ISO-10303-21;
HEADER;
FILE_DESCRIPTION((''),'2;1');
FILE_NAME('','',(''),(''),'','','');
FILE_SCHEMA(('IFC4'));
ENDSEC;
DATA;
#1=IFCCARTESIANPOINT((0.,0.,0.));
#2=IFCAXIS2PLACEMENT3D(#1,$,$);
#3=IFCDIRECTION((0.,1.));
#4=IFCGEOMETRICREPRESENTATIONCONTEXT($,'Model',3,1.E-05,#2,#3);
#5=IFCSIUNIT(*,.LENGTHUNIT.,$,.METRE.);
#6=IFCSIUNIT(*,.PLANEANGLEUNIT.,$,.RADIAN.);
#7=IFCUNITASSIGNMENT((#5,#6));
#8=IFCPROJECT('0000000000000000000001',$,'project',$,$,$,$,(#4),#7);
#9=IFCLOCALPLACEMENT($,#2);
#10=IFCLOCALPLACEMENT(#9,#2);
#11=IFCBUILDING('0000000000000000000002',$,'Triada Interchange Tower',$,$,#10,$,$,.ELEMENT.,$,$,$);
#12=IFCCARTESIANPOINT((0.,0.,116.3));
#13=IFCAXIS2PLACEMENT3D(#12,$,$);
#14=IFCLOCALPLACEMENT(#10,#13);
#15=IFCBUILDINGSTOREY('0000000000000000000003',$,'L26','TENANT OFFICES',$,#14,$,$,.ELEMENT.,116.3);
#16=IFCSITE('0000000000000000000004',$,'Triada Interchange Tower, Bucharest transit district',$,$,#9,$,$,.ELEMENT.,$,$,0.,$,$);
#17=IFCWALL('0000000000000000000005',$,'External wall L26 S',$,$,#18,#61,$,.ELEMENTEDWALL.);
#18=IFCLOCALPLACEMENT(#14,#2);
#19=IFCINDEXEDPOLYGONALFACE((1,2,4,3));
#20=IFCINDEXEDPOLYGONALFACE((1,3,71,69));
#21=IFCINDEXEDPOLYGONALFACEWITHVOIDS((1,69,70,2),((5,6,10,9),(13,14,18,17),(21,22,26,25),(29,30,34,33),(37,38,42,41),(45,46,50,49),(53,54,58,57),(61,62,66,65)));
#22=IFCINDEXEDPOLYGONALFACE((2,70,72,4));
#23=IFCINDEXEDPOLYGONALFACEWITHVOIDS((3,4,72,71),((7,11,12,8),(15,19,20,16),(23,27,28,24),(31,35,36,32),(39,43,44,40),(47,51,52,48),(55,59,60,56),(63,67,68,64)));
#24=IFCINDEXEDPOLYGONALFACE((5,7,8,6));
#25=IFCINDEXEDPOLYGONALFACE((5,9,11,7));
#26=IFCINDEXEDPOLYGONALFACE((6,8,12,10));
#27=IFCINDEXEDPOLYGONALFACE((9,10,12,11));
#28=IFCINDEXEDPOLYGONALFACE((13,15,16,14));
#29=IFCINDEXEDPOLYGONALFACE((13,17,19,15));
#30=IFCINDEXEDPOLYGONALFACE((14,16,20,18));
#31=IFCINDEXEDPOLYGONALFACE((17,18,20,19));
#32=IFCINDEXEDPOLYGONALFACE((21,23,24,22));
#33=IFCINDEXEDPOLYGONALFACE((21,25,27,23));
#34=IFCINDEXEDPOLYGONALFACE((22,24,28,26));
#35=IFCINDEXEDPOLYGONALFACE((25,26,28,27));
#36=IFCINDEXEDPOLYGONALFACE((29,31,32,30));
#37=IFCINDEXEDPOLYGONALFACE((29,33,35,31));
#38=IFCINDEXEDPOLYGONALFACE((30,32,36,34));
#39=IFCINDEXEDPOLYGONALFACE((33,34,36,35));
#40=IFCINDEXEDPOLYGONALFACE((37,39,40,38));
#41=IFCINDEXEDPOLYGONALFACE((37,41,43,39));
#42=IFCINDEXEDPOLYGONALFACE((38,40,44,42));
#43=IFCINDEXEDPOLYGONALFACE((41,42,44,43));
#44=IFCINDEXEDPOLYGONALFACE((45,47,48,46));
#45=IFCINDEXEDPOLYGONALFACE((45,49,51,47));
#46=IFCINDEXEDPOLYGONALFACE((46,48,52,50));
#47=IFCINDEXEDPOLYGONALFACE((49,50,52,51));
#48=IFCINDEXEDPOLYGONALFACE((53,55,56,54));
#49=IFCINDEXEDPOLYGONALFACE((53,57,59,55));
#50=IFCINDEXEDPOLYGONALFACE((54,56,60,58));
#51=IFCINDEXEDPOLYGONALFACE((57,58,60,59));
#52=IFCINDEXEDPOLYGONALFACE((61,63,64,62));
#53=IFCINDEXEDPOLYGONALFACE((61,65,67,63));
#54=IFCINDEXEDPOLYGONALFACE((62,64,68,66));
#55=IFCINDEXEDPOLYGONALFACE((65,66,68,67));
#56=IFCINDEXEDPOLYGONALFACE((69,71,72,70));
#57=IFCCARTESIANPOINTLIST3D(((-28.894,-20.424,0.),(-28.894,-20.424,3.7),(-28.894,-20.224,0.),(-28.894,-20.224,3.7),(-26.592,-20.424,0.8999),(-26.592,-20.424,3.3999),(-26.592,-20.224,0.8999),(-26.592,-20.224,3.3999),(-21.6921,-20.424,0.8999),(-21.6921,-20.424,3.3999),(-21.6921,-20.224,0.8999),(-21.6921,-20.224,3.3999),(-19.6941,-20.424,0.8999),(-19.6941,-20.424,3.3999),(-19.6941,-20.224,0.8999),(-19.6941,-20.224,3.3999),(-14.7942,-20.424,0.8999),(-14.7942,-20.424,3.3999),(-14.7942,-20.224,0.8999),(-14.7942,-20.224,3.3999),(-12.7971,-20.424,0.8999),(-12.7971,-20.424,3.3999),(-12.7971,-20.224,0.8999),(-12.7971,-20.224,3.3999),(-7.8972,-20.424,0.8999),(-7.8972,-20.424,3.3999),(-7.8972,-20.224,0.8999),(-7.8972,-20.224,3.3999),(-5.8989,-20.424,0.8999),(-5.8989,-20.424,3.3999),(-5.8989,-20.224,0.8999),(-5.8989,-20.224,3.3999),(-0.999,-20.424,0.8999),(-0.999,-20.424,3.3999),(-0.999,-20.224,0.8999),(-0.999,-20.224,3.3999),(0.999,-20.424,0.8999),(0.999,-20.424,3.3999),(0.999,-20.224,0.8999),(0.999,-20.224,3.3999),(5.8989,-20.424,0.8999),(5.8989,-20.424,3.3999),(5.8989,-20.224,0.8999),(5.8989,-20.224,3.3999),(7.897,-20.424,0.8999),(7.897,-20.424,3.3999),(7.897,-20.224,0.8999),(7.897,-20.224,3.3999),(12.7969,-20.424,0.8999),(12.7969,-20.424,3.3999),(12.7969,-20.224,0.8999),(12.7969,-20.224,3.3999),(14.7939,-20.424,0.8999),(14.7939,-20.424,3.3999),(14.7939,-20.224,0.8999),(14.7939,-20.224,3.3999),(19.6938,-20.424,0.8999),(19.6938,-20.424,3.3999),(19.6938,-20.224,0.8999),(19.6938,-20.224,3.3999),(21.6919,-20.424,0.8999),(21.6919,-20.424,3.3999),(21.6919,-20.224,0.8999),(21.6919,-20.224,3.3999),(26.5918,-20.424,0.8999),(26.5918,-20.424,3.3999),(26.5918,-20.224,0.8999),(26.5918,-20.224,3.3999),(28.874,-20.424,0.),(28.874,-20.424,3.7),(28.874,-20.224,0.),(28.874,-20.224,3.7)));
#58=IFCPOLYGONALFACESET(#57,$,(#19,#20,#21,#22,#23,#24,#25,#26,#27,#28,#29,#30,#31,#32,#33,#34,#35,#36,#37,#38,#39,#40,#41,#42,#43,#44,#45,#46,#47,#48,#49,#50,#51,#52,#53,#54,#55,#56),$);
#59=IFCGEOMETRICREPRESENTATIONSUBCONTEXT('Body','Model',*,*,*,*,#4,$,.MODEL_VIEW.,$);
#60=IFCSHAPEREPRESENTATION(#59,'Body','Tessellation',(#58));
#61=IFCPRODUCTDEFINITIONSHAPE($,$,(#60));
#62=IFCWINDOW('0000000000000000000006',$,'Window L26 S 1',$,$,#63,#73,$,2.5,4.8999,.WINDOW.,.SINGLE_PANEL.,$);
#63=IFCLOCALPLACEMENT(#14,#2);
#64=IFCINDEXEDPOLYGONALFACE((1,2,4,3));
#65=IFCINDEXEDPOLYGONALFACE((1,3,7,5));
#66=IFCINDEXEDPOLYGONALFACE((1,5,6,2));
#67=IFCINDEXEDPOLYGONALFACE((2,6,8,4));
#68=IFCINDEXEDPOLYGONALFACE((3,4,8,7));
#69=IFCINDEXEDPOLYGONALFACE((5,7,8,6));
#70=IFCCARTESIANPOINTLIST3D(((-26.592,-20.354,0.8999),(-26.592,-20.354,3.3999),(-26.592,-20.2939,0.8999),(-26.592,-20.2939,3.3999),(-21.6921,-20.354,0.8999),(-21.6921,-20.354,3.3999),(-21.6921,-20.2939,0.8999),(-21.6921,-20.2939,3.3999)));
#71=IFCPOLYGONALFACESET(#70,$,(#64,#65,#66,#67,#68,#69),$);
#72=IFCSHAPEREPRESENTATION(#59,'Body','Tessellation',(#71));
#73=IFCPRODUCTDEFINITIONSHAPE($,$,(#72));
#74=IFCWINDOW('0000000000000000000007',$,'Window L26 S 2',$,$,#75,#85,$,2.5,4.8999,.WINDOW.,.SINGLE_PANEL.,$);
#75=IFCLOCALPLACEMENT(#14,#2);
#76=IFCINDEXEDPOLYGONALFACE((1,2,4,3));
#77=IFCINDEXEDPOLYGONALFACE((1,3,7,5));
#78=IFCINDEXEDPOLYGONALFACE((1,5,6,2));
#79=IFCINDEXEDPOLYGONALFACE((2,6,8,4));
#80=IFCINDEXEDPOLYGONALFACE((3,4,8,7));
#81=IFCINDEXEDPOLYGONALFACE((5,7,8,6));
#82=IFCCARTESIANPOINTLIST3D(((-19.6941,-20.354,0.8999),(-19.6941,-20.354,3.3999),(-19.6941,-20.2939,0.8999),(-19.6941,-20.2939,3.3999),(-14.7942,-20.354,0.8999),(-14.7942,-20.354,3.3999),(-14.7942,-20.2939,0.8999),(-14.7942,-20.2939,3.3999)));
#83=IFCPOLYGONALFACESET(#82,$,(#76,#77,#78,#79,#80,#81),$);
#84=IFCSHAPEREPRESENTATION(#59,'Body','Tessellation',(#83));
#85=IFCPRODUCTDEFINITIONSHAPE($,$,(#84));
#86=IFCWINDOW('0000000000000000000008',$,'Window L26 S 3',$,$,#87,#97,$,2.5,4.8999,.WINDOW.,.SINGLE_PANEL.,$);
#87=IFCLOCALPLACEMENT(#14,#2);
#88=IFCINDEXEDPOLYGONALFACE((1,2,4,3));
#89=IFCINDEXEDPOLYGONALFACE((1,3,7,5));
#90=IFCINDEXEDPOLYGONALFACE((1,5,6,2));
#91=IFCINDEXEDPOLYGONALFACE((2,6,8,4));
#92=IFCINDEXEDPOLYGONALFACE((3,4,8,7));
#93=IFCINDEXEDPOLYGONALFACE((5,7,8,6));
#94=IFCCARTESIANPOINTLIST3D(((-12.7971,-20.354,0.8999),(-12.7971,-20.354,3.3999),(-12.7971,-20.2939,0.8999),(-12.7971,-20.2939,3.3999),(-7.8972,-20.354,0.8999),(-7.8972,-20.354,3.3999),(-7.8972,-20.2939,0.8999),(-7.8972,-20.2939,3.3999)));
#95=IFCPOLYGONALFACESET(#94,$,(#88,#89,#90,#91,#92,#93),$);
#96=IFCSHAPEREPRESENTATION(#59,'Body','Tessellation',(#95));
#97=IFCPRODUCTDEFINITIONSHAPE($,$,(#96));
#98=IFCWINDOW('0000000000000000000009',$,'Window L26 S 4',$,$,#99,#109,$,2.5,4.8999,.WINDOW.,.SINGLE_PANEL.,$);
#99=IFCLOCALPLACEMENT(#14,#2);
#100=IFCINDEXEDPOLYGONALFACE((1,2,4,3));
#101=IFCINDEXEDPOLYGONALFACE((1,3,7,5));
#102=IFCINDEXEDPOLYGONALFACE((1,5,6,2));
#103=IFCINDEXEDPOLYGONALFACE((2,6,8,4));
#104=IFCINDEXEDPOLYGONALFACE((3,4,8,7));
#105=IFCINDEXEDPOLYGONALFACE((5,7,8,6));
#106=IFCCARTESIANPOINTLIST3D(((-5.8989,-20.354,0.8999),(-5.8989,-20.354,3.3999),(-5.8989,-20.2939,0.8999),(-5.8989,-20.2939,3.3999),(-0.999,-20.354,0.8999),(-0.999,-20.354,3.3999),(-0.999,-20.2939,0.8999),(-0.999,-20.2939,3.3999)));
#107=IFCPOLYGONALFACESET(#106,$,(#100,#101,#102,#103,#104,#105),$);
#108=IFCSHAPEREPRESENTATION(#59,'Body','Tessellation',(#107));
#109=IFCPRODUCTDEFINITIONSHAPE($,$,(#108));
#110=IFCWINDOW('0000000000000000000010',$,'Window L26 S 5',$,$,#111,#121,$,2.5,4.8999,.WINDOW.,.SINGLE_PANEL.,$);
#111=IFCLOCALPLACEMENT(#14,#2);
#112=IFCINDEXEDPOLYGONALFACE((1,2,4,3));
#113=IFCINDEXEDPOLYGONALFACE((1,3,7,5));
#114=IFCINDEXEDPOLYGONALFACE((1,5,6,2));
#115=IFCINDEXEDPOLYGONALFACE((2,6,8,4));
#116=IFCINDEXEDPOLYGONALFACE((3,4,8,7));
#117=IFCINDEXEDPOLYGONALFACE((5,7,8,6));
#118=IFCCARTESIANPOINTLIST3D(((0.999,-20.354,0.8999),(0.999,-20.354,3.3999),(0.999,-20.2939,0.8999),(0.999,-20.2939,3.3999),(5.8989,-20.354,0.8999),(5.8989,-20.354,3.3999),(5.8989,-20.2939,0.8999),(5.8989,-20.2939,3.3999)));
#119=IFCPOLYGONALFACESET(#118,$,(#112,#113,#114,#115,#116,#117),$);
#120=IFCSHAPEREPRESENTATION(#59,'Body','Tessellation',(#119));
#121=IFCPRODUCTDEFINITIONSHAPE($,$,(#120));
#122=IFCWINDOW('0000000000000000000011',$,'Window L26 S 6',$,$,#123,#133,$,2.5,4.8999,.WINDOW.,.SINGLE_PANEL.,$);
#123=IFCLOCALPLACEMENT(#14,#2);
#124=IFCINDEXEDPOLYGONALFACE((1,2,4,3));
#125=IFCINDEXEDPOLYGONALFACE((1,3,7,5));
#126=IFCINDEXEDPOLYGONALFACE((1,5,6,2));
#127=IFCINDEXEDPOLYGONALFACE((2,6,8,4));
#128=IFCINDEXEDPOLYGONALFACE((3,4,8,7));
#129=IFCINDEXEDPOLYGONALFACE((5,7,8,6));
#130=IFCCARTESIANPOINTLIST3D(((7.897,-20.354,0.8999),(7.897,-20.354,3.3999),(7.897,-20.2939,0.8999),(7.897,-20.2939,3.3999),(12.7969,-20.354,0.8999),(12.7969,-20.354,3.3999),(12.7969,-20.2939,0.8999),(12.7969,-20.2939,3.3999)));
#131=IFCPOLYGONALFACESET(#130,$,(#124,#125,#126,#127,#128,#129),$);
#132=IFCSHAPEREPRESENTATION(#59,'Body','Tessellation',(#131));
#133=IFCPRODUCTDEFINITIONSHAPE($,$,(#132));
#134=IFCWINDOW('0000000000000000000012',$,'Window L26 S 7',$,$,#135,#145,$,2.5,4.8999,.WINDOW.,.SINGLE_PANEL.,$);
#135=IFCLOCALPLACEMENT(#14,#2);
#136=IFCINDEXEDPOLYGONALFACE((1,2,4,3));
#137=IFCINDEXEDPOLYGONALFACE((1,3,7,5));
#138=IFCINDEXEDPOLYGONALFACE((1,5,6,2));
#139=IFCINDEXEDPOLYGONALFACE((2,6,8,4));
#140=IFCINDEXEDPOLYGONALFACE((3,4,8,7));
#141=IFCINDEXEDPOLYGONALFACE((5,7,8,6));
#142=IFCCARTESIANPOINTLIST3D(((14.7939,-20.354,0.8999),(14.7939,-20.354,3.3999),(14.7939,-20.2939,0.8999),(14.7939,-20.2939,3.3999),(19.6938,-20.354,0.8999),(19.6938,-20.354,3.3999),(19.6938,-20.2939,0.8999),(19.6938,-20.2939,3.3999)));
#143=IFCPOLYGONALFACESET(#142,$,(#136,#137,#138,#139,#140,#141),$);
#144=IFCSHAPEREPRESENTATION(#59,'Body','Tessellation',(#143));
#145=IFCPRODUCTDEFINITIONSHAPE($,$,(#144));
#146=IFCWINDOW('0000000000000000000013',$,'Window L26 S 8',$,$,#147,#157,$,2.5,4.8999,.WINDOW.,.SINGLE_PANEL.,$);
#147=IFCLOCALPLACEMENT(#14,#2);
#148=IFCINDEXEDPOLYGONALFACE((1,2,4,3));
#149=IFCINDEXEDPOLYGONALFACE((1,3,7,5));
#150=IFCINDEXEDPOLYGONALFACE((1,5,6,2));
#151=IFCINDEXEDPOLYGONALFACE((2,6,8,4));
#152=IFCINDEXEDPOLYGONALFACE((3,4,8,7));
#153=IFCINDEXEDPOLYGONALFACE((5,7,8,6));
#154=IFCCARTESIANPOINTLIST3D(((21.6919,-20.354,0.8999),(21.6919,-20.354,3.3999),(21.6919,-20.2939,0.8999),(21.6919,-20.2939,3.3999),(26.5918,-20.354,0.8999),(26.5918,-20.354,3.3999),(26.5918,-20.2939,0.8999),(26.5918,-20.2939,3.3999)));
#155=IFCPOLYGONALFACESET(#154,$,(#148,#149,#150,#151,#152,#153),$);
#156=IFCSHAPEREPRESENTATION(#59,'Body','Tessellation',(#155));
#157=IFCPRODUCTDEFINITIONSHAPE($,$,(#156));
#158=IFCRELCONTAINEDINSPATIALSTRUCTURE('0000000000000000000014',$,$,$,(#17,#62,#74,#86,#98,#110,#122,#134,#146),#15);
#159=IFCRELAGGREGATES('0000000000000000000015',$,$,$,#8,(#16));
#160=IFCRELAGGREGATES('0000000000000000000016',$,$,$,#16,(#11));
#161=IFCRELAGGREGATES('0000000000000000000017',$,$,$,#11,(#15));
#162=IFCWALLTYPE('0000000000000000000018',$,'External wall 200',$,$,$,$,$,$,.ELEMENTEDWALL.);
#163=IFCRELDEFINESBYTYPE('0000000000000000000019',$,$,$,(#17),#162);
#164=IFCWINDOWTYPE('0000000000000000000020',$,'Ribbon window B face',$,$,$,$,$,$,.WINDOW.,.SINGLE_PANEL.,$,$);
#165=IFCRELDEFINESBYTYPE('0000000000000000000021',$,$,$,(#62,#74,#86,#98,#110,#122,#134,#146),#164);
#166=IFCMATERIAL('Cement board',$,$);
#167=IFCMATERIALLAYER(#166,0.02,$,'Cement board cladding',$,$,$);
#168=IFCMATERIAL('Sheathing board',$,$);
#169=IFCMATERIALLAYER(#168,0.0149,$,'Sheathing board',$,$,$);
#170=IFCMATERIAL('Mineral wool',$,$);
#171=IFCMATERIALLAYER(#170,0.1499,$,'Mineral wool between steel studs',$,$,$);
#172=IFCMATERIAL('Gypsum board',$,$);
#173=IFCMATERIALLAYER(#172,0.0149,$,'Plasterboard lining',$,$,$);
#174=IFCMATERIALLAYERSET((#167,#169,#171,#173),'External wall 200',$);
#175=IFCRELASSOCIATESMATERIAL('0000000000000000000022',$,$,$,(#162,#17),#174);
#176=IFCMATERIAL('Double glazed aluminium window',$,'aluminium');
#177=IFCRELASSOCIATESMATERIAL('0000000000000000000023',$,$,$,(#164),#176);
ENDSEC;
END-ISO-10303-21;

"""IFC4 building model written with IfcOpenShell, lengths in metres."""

from ifc_helpers import new_model, si_unit, direction, frame, frame_2d, origin, place, context, subcontext, project, spatial, rectangle, extrude, material, layer, layer_set, layer_usage, type_object, element, fill, save


model = new_model("IFC4")

# Units and contexts
model_context = context("Model", 3, precision=1e-05, world=origin(), true_north=direction((0.0, 1.0)))
body_context = subcontext(model_context, "Body", "Model", "MODEL_VIEW")
ifc_project = project(units=[si_unit("LENGTHUNIT", "METRE"), si_unit("PLANEANGLEUNIT", "RADIAN")], contexts=[model_context])

# Site, building, storey
site_placement = place(None, origin())
site = spatial("IfcSite", under=ifc_project, at=site_placement, Name="Triada Interchange Tower, Bucharest transit district", CompositionType="ELEMENT", RefElevation=0.0)
building_placement = place(site_placement, origin())
building = spatial("IfcBuilding", under=site, at=building_placement, Name="Triada Interchange Tower", CompositionType="ELEMENT")
storey_placement = place(building_placement, frame((0.0, 0.0, 116.3)))
storey = spatial("IfcBuildingStorey", under=building, at=storey_placement, Name="L26", Description="TENANT OFFICES", CompositionType="ELEMENT", Elevation=116.3)

# Shared definitions
ifc_material_1 = material(Name="Cement board")
ifc_layer_1 = layer(ifc_material_1, 0.02, Name="Cement board cladding")
ifc_material_2 = material(Name="Sheathing board")
ifc_layer_2 = layer(ifc_material_2, 0.0149, Name="Sheathing board")
ifc_material_3 = material(Name="Mineral wool")
ifc_layer_3 = layer(ifc_material_3, 0.1499, Name="Mineral wool between steel studs")
ifc_material_4 = material(Name="Gypsum board")
ifc_layer_4 = layer(ifc_material_4, 0.0149, Name="Plasterboard lining")
ifc_layer_set_1 = layer_set([ifc_layer_1, ifc_layer_2, ifc_layer_3, ifc_layer_4], Name="External wall 200")
ifc_layer_usage = layer_usage(ifc_layer_set_1, "AXIS2", "POSITIVE", -0.1001)
wall_type = type_object("IfcWallType", Name="External wall 200", PredefinedType="ELEMENTEDWALL", material=ifc_layer_set_1)
ifc_material_5 = material(Name="Double glazed aluminium window", Category="aluminium")

# Wall, openings, windows
wall_1_placement = place(storey_placement, frame((-28.894, -20.324, 0.0), z_axis=(0.0, 0.0, 1.0), x_axis=(1.0, 0.0, 0.0)))
wall_1 = element("IfcWall", 1, at=wall_1_placement, inside=storey, type_object=wall_type, material=ifc_layer_usage, Name="External wall L26 S", PredefinedType="ELEMENTEDWALL", context=body_context, shape_type="SweptSolid", body=[
    extrude(rectangle(XDim=57.7681, YDim=0.2, at=frame_2d((28.884, 0.0))), origin(), (0.0, 0.0, 1.0), 3.7),
])
opening_1_placement = place(wall_1_placement, frame((2.302, 0.0, 0.8999)))
opening_1 = element("IfcOpeningElement", 2, at=opening_1_placement, cuts=wall_1, PredefinedType="OPENING", context=body_context, shape_type="SweptSolid", body=[
    extrude(rectangle(XDim=4.8999, YDim=2.5, at=frame_2d((2.45, 1.25))), frame((0.0, 0.1099, 0.0), z_axis=(0.0, -1.0, 0.0), x_axis=(1.0, 0.0, 0.0)), (0.0, 0.0, 1.0), 0.22),
])
opening_2_placement = place(wall_1_placement, frame((9.2, 0.0, 0.8999)))
opening_2 = element("IfcOpeningElement", 3, at=opening_2_placement, cuts=wall_1, PredefinedType="OPENING", context=body_context, shape_type="SweptSolid", body=[
    extrude(rectangle(XDim=4.8999, YDim=2.5, at=frame_2d((2.45, 1.25))), frame((0.0, 0.1099, 0.0), z_axis=(0.0, -1.0, 0.0), x_axis=(1.0, 0.0, 0.0)), (0.0, 0.0, 1.0), 0.22),
])
opening_3_placement = place(wall_1_placement, frame((16.0969, 0.0, 0.8999)))
opening_3 = element("IfcOpeningElement", 4, at=opening_3_placement, cuts=wall_1, PredefinedType="OPENING", context=body_context, shape_type="SweptSolid", body=[
    extrude(rectangle(XDim=4.8999, YDim=2.5, at=frame_2d((2.45, 1.25))), frame((0.0, 0.1099, 0.0), z_axis=(0.0, -1.0, 0.0), x_axis=(1.0, 0.0, 0.0)), (0.0, 0.0, 1.0), 0.22),
])
opening_4_placement = place(wall_1_placement, frame((22.9951, 0.0, 0.8999)))
opening_4 = element("IfcOpeningElement", 5, at=opening_4_placement, cuts=wall_1, PredefinedType="OPENING", context=body_context, shape_type="SweptSolid", body=[
    extrude(rectangle(XDim=4.8999, YDim=2.5, at=frame_2d((2.45, 1.25))), frame((0.0, 0.1099, 0.0), z_axis=(0.0, -1.0, 0.0), x_axis=(1.0, 0.0, 0.0)), (0.0, 0.0, 1.0), 0.22),
])
opening_5_placement = place(wall_1_placement, frame((29.8931, 0.0, 0.8999)))
opening_5 = element("IfcOpeningElement", 6, at=opening_5_placement, cuts=wall_1, PredefinedType="OPENING", context=body_context, shape_type="SweptSolid", body=[
    extrude(rectangle(XDim=4.8999, YDim=2.5, at=frame_2d((2.45, 1.25))), frame((0.0, 0.1099, 0.0), z_axis=(0.0, -1.0, 0.0), x_axis=(1.0, 0.0, 0.0)), (0.0, 0.0, 1.0), 0.22),
])
opening_6_placement = place(wall_1_placement, frame((36.791, 0.0, 0.8999)))
opening_6 = element("IfcOpeningElement", 7, at=opening_6_placement, cuts=wall_1, PredefinedType="OPENING", context=body_context, shape_type="SweptSolid", body=[
    extrude(rectangle(XDim=4.8999, YDim=2.5, at=frame_2d((2.45, 1.25))), frame((0.0, 0.1099, 0.0), z_axis=(0.0, -1.0, 0.0), x_axis=(1.0, 0.0, 0.0)), (0.0, 0.0, 1.0), 0.22),
])
opening_7_placement = place(wall_1_placement, frame((43.688, 0.0, 0.8999)))
opening_7 = element("IfcOpeningElement", 8, at=opening_7_placement, cuts=wall_1, PredefinedType="OPENING", context=body_context, shape_type="SweptSolid", body=[
    extrude(rectangle(XDim=4.8999, YDim=2.5, at=frame_2d((2.45, 1.25))), frame((0.0, 0.1099, 0.0), z_axis=(0.0, -1.0, 0.0), x_axis=(1.0, 0.0, 0.0)), (0.0, 0.0, 1.0), 0.22),
])
opening_8_placement = place(wall_1_placement, frame((50.5859, 0.0, 0.8999)))
opening_8 = element("IfcOpeningElement", 9, at=opening_8_placement, cuts=wall_1, PredefinedType="OPENING", context=body_context, shape_type="SweptSolid", body=[
    extrude(rectangle(XDim=4.8999, YDim=2.5, at=frame_2d((2.45, 1.25))), frame((0.0, 0.1099, 0.0), z_axis=(0.0, -1.0, 0.0), x_axis=(1.0, 0.0, 0.0)), (0.0, 0.0, 1.0), 0.22),
])
window_type_1 = type_object("IfcWindowType", Name="Ribbon window B face", PartitioningType="SINGLE_PANEL", PredefinedType="WINDOW", material=ifc_material_5)
window_1_placement = place(opening_1_placement, origin())
window_1 = element("IfcWindow", 10, at=window_1_placement, inside=storey, type_object=window_type_1, Name="Window L26 S 1", OverallHeight=2.5, OverallWidth=4.8999, PartitioningType="SINGLE_PANEL", PredefinedType="WINDOW", context=body_context, shape_type="SweptSolid", body=[
    extrude(rectangle(XDim=4.8999, YDim=2.5, at=frame_2d((2.45, 1.25))), frame((0.0, 0.03, 0.0), z_axis=(0.0, -1.0, 0.0), x_axis=(1.0, 0.0, 0.0)), (0.0, 0.0, 1.0), 0.0601),
])
fill(opening_1, window_1)
window_2_placement = place(opening_2_placement, origin())
window_2 = element("IfcWindow", 11, at=window_2_placement, inside=storey, type_object=window_type_1, Name="Window L26 S 2", OverallHeight=2.5, OverallWidth=4.8999, PartitioningType="SINGLE_PANEL", PredefinedType="WINDOW", context=body_context, shape_type="SweptSolid", body=[
    extrude(rectangle(XDim=4.8999, YDim=2.5, at=frame_2d((2.45, 1.25))), frame((0.0, 0.03, 0.0), z_axis=(0.0, -1.0, 0.0), x_axis=(1.0, 0.0, 0.0)), (0.0, 0.0, 1.0), 0.0601),
])
fill(opening_2, window_2)
window_3_placement = place(opening_3_placement, origin())
window_3 = element("IfcWindow", 12, at=window_3_placement, inside=storey, type_object=window_type_1, Name="Window L26 S 3", OverallHeight=2.5, OverallWidth=4.8999, PartitioningType="SINGLE_PANEL", PredefinedType="WINDOW", context=body_context, shape_type="SweptSolid", body=[
    extrude(rectangle(XDim=4.8999, YDim=2.5, at=frame_2d((2.45, 1.25))), frame((0.0, 0.03, 0.0), z_axis=(0.0, -1.0, 0.0), x_axis=(1.0, 0.0, 0.0)), (0.0, 0.0, 1.0), 0.0601),
])
fill(opening_3, window_3)
window_4_placement = place(opening_4_placement, origin())
window_4 = element("IfcWindow", 13, at=window_4_placement, inside=storey, type_object=window_type_1, Name="Window L26 S 4", OverallHeight=2.5, OverallWidth=4.8999, PartitioningType="SINGLE_PANEL", PredefinedType="WINDOW", context=body_context, shape_type="SweptSolid", body=[
    extrude(rectangle(XDim=4.8999, YDim=2.5, at=frame_2d((2.45, 1.25))), frame((0.0, 0.03, 0.0), z_axis=(0.0, -1.0, 0.0), x_axis=(1.0, 0.0, 0.0)), (0.0, 0.0, 1.0), 0.0601),
])
fill(opening_4, window_4)
window_5_placement = place(opening_5_placement, origin())
window_5 = element("IfcWindow", 14, at=window_5_placement, inside=storey, type_object=window_type_1, Name="Window L26 S 5", OverallHeight=2.5, OverallWidth=4.8999, PartitioningType="SINGLE_PANEL", PredefinedType="WINDOW", context=body_context, shape_type="SweptSolid", body=[
    extrude(rectangle(XDim=4.8999, YDim=2.5, at=frame_2d((2.45, 1.25))), frame((0.0, 0.03, 0.0), z_axis=(0.0, -1.0, 0.0), x_axis=(1.0, 0.0, 0.0)), (0.0, 0.0, 1.0), 0.0601),
])
fill(opening_5, window_5)
window_6_placement = place(opening_6_placement, origin())
window_6 = element("IfcWindow", 15, at=window_6_placement, inside=storey, type_object=window_type_1, Name="Window L26 S 6", OverallHeight=2.5, OverallWidth=4.8999, PartitioningType="SINGLE_PANEL", PredefinedType="WINDOW", context=body_context, shape_type="SweptSolid", body=[
    extrude(rectangle(XDim=4.8999, YDim=2.5, at=frame_2d((2.45, 1.25))), frame((0.0, 0.03, 0.0), z_axis=(0.0, -1.0, 0.0), x_axis=(1.0, 0.0, 0.0)), (0.0, 0.0, 1.0), 0.0601),
])
fill(opening_6, window_6)
window_7_placement = place(opening_7_placement, origin())
window_7 = element("IfcWindow", 16, at=window_7_placement, inside=storey, type_object=window_type_1, Name="Window L26 S 7", OverallHeight=2.5, OverallWidth=4.8999, PartitioningType="SINGLE_PANEL", PredefinedType="WINDOW", context=body_context, shape_type="SweptSolid", body=[
    extrude(rectangle(XDim=4.8999, YDim=2.5, at=frame_2d((2.45, 1.25))), frame((0.0, 0.03, 0.0), z_axis=(0.0, -1.0, 0.0), x_axis=(1.0, 0.0, 0.0)), (0.0, 0.0, 1.0), 0.0601),
])
fill(opening_7, window_7)
window_8_placement = place(opening_8_placement, origin())
window_8 = element("IfcWindow", 17, at=window_8_placement, inside=storey, type_object=window_type_1, Name="Window L26 S 8", OverallHeight=2.5, OverallWidth=4.8999, PartitioningType="SINGLE_PANEL", PredefinedType="WINDOW", context=body_context, shape_type="SweptSolid", body=[
    extrude(rectangle(XDim=4.8999, YDim=2.5, at=frame_2d((2.45, 1.25))), frame((0.0, 0.03, 0.0), z_axis=(0.0, -1.0, 0.0), x_axis=(1.0, 0.0, 0.0)), (0.0, 0.0, 1.0), 0.0601),
])
fill(opening_8, window_8)

save(model, "model.ifc")
